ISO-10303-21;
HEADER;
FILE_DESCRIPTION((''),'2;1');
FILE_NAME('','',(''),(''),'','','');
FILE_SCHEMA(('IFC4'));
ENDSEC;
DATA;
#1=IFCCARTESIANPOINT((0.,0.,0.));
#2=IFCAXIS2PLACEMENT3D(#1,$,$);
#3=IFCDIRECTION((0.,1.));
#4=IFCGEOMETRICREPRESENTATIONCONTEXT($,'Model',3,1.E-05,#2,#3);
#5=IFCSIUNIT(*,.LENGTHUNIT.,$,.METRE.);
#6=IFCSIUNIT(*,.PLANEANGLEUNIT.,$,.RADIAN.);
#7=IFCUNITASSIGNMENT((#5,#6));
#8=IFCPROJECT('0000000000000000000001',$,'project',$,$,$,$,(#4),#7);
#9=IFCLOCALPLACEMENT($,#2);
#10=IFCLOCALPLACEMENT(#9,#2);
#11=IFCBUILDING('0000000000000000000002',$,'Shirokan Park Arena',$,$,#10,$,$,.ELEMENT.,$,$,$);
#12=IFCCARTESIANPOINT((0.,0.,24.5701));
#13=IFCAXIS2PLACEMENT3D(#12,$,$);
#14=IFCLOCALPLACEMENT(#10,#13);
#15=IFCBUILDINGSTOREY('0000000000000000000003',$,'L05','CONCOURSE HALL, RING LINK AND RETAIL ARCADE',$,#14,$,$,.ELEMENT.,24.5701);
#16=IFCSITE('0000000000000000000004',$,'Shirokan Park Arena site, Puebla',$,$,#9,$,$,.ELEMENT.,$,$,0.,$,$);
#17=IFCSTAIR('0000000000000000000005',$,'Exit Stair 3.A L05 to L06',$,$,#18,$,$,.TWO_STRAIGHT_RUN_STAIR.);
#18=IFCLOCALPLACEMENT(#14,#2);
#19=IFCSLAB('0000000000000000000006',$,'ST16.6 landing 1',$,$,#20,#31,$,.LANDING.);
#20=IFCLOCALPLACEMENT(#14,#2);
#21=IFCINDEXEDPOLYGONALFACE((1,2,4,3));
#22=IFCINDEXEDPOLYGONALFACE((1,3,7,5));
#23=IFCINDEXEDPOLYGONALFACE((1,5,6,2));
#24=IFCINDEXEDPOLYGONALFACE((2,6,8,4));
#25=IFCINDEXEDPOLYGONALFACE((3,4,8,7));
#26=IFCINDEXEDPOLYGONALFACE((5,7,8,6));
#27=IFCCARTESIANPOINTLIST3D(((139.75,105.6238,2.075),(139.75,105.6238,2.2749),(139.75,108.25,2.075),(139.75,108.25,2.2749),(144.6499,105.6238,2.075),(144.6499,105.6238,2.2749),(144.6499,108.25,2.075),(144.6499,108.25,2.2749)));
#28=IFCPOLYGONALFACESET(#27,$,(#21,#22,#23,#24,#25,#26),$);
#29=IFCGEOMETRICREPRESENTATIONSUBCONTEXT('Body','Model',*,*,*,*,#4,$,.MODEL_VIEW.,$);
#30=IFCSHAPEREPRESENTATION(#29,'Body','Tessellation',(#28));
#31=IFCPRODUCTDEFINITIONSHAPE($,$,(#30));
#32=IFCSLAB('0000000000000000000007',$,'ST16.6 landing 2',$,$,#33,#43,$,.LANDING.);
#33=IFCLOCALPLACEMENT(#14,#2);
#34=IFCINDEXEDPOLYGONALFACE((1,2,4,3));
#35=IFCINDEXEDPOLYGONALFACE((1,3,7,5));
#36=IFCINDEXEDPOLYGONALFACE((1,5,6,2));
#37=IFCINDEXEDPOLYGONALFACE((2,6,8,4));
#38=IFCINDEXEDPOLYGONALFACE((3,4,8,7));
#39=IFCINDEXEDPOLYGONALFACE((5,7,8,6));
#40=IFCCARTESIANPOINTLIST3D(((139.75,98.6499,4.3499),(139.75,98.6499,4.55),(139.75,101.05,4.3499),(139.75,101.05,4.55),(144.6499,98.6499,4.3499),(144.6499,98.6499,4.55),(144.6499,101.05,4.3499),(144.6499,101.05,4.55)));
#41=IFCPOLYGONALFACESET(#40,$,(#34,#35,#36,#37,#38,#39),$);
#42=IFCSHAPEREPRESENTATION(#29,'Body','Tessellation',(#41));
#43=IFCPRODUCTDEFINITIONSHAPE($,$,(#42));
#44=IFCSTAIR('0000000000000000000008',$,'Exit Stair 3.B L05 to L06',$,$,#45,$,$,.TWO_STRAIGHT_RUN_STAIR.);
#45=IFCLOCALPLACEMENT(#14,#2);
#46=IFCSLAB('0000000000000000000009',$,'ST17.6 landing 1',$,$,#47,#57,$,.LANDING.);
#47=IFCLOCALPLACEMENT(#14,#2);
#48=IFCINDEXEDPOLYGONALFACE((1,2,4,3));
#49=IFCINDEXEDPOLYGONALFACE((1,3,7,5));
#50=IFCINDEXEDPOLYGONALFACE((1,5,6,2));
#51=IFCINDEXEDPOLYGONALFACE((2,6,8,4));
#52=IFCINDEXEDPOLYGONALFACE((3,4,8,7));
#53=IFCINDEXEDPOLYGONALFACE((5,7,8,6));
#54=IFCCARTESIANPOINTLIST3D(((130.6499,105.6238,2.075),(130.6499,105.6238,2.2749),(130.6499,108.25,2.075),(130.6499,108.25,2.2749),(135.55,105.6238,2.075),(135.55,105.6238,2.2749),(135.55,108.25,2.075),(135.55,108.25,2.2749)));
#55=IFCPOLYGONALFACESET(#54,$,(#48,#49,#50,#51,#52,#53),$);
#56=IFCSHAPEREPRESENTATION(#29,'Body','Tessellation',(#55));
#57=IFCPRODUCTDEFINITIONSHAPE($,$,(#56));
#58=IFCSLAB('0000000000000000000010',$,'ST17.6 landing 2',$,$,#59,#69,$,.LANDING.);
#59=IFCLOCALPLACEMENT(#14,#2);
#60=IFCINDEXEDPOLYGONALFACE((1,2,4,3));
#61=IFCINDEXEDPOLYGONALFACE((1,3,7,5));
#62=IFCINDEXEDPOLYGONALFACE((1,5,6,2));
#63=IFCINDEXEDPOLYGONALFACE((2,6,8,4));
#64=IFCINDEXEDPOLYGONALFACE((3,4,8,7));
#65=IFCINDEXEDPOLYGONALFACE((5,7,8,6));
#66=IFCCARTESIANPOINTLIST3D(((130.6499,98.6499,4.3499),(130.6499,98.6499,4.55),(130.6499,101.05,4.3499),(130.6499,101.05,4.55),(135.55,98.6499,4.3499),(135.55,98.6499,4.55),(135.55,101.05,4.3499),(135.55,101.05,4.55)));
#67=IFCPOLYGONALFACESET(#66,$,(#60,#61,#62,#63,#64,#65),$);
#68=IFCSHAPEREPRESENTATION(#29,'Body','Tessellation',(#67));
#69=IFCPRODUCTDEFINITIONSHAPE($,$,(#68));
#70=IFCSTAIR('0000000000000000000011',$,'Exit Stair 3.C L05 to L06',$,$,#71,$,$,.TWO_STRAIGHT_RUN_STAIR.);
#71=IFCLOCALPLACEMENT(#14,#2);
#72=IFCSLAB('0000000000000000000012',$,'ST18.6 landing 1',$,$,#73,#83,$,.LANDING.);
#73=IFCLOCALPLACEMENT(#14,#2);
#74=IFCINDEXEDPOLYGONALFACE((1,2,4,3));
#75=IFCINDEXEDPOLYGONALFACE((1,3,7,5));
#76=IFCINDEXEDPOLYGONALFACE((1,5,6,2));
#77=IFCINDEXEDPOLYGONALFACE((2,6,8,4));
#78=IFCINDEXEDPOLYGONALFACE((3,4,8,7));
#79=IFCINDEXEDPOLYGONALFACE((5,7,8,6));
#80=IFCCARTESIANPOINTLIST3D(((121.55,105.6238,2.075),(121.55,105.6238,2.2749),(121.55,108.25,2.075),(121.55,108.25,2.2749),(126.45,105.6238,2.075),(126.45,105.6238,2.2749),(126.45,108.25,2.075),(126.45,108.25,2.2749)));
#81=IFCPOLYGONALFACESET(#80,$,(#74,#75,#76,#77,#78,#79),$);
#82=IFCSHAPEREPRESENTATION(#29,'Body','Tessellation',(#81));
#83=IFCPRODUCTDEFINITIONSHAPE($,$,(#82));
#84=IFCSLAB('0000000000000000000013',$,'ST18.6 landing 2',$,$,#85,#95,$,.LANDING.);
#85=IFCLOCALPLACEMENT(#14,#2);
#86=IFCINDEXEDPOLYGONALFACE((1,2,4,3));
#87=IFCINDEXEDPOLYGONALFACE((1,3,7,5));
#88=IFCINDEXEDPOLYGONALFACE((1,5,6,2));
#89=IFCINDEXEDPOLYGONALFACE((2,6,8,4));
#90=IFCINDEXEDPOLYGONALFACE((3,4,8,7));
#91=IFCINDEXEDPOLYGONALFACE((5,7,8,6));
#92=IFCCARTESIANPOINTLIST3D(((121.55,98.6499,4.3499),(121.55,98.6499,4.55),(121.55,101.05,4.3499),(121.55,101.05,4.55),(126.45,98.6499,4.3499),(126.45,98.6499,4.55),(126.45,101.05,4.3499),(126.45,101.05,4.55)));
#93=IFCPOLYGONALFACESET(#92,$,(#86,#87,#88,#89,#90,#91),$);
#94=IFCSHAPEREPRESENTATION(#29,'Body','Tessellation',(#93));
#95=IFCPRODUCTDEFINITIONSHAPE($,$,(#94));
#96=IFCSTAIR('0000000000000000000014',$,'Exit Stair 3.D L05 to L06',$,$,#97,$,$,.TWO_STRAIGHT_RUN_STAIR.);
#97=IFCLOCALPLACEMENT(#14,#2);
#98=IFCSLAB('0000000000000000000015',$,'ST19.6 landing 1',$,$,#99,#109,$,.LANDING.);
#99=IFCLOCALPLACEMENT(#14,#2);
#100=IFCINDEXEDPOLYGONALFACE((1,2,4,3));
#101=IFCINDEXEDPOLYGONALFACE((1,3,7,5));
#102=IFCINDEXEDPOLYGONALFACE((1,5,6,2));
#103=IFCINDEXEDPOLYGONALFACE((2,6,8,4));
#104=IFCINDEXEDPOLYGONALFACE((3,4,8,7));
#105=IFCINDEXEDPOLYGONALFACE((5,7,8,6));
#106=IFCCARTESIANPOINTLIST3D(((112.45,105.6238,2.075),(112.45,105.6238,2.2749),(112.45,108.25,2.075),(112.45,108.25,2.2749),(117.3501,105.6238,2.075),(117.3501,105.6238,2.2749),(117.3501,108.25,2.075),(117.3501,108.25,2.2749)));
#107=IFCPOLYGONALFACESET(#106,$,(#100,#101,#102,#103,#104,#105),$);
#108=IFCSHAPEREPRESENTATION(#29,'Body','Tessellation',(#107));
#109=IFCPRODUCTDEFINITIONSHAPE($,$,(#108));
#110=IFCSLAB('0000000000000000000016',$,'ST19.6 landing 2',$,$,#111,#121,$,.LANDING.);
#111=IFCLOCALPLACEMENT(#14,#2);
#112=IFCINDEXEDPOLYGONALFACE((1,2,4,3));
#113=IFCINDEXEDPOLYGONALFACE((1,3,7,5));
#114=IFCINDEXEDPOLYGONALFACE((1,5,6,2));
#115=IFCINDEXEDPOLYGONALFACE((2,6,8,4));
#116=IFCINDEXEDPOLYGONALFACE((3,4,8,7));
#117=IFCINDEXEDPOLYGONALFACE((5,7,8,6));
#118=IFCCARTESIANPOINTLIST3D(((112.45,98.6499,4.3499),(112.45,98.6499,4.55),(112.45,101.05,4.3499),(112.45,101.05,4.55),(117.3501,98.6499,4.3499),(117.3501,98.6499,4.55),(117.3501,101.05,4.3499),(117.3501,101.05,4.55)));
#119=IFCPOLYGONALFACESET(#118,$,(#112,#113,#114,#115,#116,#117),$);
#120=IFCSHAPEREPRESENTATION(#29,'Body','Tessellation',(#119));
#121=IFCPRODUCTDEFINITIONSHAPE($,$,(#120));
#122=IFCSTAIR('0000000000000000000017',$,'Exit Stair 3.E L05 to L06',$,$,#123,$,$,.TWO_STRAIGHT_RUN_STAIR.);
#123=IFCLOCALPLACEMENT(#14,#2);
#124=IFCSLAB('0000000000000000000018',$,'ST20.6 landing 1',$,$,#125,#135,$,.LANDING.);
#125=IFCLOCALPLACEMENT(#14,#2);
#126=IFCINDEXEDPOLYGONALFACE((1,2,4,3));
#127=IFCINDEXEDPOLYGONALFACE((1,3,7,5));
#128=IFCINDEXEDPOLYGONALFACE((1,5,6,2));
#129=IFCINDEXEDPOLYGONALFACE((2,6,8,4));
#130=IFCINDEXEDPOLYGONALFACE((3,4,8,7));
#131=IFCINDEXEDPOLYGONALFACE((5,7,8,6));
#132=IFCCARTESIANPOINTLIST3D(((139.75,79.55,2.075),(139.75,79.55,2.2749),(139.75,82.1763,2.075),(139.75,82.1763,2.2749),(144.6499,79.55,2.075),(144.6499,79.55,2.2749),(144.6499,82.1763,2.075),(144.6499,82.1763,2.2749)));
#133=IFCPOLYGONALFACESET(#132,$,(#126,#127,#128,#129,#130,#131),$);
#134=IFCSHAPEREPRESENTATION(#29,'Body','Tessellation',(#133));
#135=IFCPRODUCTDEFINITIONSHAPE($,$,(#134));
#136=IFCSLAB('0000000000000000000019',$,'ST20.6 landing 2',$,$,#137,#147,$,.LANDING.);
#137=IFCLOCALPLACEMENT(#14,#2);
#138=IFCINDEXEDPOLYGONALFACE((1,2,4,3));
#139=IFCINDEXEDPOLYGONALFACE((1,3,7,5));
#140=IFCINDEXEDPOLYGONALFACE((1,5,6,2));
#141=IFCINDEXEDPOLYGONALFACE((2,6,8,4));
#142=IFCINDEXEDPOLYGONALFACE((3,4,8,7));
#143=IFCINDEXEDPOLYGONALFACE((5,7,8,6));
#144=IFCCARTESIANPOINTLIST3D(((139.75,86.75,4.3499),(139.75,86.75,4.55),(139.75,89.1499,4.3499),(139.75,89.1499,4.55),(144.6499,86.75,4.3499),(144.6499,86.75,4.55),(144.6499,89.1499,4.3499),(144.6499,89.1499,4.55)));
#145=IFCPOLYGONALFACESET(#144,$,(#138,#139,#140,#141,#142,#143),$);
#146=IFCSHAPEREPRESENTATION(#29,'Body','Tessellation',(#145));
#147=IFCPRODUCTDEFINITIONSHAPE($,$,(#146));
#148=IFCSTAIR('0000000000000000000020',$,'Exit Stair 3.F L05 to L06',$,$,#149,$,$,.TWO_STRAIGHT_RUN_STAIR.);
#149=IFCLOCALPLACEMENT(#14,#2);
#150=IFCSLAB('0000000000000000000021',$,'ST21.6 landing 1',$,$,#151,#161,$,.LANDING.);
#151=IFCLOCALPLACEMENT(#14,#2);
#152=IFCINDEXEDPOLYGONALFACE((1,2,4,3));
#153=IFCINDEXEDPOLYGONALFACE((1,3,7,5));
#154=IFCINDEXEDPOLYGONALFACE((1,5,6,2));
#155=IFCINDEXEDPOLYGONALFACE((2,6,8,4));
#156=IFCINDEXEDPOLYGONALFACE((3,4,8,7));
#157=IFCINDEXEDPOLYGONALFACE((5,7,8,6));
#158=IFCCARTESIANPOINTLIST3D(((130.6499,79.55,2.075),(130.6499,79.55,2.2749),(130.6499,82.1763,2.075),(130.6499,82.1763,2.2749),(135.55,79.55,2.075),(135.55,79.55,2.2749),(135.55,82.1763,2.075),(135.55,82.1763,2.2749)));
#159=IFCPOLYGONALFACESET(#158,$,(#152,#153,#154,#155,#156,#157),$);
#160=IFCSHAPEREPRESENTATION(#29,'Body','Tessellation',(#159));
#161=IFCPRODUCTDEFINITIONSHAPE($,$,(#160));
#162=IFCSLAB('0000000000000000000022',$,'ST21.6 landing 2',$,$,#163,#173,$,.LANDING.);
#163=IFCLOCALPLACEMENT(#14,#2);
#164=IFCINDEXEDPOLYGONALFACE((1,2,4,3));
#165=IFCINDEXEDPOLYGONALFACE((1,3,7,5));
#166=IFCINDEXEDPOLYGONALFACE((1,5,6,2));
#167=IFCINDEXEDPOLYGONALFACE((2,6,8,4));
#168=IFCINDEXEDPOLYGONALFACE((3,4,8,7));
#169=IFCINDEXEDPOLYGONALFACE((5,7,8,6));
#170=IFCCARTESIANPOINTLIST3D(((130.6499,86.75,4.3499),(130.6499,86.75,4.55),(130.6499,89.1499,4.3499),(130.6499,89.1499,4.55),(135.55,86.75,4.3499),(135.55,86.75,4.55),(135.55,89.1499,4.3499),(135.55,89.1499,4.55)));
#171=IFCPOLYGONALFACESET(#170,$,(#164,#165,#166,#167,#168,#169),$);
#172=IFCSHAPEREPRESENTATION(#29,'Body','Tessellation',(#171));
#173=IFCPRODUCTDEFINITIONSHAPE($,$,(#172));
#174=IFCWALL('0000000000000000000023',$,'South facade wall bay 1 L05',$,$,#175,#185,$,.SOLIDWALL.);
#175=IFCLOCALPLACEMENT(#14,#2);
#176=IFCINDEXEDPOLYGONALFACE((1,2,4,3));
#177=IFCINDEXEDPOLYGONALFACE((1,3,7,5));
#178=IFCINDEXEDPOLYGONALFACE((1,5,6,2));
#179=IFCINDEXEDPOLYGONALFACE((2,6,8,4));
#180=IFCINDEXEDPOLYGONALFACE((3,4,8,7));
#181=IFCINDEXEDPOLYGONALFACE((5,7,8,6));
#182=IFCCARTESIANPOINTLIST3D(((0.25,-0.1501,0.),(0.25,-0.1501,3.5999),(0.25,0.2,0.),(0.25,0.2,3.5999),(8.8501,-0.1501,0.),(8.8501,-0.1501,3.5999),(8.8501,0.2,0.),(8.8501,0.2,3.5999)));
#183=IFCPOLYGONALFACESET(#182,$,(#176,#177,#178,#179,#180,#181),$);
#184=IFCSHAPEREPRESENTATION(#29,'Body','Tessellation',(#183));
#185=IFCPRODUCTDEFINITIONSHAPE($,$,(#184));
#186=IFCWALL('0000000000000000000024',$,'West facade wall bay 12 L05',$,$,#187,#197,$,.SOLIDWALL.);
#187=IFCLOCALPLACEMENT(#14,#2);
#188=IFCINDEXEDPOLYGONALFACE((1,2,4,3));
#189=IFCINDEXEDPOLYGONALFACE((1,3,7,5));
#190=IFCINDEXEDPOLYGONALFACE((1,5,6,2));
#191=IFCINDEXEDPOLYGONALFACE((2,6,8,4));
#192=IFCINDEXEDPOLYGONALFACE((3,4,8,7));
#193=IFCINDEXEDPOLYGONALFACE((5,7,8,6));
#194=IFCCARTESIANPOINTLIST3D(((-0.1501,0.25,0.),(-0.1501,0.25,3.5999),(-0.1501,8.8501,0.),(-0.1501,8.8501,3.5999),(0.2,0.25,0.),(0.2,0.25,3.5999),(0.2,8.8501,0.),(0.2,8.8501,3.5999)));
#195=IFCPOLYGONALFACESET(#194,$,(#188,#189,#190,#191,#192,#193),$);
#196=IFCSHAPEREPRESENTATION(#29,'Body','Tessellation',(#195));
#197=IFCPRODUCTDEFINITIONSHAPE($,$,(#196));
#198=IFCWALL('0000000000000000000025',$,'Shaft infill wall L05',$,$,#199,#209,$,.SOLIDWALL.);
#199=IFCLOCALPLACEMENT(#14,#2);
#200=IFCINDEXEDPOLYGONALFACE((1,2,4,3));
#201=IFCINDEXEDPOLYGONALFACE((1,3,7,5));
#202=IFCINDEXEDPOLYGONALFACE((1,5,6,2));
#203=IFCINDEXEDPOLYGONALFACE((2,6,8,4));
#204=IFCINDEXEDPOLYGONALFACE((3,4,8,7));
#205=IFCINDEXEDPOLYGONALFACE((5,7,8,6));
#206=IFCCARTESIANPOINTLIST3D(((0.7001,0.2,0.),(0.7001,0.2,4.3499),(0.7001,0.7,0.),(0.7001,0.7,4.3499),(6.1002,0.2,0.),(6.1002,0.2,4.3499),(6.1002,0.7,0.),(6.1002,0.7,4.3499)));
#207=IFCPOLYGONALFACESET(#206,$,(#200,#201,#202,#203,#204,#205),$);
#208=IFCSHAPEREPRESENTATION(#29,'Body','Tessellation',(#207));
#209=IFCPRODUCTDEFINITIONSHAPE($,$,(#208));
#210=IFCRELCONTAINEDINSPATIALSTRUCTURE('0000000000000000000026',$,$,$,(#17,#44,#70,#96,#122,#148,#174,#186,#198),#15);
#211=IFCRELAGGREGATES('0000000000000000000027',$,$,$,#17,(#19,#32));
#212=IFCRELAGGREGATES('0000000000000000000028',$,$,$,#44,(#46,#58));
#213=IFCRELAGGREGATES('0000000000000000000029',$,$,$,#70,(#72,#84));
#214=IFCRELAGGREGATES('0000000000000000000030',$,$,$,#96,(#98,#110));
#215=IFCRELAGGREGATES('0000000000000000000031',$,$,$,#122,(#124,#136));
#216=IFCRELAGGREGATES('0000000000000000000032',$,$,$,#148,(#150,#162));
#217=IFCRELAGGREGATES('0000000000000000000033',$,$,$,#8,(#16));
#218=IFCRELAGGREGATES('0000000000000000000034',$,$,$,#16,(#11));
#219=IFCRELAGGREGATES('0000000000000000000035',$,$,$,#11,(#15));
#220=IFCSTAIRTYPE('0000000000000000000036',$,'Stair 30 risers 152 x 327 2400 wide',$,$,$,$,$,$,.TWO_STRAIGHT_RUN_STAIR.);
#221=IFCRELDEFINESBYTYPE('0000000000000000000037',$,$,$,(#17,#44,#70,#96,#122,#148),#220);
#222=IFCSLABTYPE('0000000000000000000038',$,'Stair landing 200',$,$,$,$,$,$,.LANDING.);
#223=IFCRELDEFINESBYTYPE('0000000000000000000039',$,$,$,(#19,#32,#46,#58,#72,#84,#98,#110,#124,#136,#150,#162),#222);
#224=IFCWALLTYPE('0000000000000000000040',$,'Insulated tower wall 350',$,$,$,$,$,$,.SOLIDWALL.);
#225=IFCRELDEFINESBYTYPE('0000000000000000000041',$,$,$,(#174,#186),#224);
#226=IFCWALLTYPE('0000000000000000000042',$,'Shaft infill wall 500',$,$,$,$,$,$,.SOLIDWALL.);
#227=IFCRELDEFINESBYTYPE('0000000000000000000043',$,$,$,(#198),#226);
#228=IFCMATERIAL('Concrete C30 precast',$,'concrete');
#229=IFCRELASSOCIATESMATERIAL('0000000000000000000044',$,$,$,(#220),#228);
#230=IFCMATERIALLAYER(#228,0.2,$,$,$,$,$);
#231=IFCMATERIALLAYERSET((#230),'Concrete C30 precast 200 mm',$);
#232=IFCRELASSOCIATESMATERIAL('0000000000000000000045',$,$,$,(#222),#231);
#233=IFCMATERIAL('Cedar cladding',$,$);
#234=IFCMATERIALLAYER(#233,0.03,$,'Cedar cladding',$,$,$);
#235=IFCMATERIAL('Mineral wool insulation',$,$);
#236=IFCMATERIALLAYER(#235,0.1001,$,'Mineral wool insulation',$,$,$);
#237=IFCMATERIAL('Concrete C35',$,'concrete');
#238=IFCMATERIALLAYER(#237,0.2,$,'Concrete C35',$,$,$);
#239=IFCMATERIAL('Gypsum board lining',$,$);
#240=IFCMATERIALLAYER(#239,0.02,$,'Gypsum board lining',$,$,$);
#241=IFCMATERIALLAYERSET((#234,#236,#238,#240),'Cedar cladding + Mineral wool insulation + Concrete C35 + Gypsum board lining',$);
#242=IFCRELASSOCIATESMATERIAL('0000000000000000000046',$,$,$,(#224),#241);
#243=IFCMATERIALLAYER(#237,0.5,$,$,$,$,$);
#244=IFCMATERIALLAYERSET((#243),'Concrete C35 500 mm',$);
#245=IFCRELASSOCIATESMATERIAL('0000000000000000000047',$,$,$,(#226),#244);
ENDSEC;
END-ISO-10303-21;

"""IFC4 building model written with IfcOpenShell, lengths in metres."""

from ifc_helpers import new_model, si_unit, direction, frame, frame_2d, origin, place, context, subcontext, project, spatial, polyline, rectangle, outline, extrude, material, layer, layer_set, type_object, element, aggregate, save


model = new_model("IFC4")

# Units and contexts
model_context = context("Model", 3, precision=1e-05, world=origin(), true_north=direction((0.0, 1.0)))
body_context = subcontext(model_context, "Body", "Model", "MODEL_VIEW")
ifc_project = project(units=[si_unit("LENGTHUNIT", "METRE"), si_unit("PLANEANGLEUNIT", "RADIAN")], contexts=[model_context])

# Site, building, storey
site_placement = place(None, origin())
site = spatial("IfcSite", under=ifc_project, at=site_placement, Name="Shirokan Park Arena site, Puebla", CompositionType="ELEMENT", RefElevation=0.0)
building_placement = place(site_placement, origin())
building = spatial("IfcBuilding", under=site, at=building_placement, Name="Shirokan Park Arena", CompositionType="ELEMENT")
storey_placement = place(building_placement, frame((0.0, 0.0, 24.5701)))
storey = spatial("IfcBuildingStorey", under=building, at=storey_placement, Name="L05", Description="CONCOURSE HALL, RING LINK AND RETAIL ARCADE", CompositionType="ELEMENT", Elevation=24.5701)

# Shared definitions
ifc_material_1 = material(Name="Concrete C35", Category="concrete")

# Shared definitions
ifc_material_2 = material(Name="Concrete C30 precast", Category="concrete")
stair_type = type_object("IfcStairType", Name="Stair 30 risers 152 x 327 2400 wide", PredefinedType="TWO_STRAIGHT_RUN_STAIR", material=ifc_material_2)
ifc_layer_1 = layer(ifc_material_2, 0.2)
ifc_layer_set_1 = layer_set([ifc_layer_1], Name="Concrete C30 precast 200 mm")
slab_type = type_object("IfcSlabType", Name="Stair landing 200", PredefinedType="LANDING", material=ifc_layer_set_1)

# Stairs, slabs
stair_1_placement = place(storey_placement, origin())
stair_1 = element("IfcStair", 1, at=stair_1_placement, inside=storey, type_object=stair_type, Name="Exit Stair 3.A L05 to L06", PredefinedType="TWO_STRAIGHT_RUN_STAIR")
slab_1_placement = place(storey_placement, frame((0.0, 0.0, 2.075)))
slab_1 = element("IfcSlab", 2, at=slab_1_placement, type_object=slab_type, Name="ST16.6 landing 1", PredefinedType="LANDING", context=body_context, shape_type="SweptSolid", body=[
    extrude(outline(polyline([(139.75, 105.6238), (144.6499, 105.6238), (144.6499, 108.25), (139.75, 108.25), (139.75, 105.6238)])), origin(), (0.0, 0.0, 1.0), 0.2),
])
slab_2_placement = place(storey_placement, frame((0.0, 0.0, 4.3499)))
slab_2 = element("IfcSlab", 3, at=slab_2_placement, type_object=slab_type, Name="ST16.6 landing 2", PredefinedType="LANDING", context=body_context, shape_type="SweptSolid", body=[
    extrude(outline(polyline([(139.75, 98.6499), (144.6499, 98.6499), (144.6499, 101.05), (139.75, 101.05), (139.75, 98.6499)])), origin(), (0.0, 0.0, 1.0), 0.2002),
])
aggregate(stair_1, [slab_1, slab_2])
stair_2_placement = place(storey_placement, origin())
stair_2 = element("IfcStair", 4, at=stair_2_placement, inside=storey, type_object=stair_type, Name="Exit Stair 3.B L05 to L06", PredefinedType="TWO_STRAIGHT_RUN_STAIR")
slab_3_placement = place(storey_placement, frame((0.0, 0.0, 2.075)))
slab_3 = element("IfcSlab", 5, at=slab_3_placement, type_object=slab_type, Name="ST17.6 landing 1", PredefinedType="LANDING", context=body_context, shape_type="SweptSolid", body=[
    extrude(outline(polyline([(130.6499, 105.6238), (135.55, 105.6238), (135.55, 108.25), (130.6499, 108.25), (130.6499, 105.6238)])), origin(), (0.0, 0.0, 1.0), 0.2),
])
slab_4_placement = place(storey_placement, frame((0.0, 0.0, 4.3499)))
slab_4 = element("IfcSlab", 6, at=slab_4_placement, type_object=slab_type, Name="ST17.6 landing 2", PredefinedType="LANDING", context=body_context, shape_type="SweptSolid", body=[
    extrude(outline(polyline([(130.6499, 98.6499), (135.55, 98.6499), (135.55, 101.05), (130.6499, 101.05), (130.6499, 98.6499)])), origin(), (0.0, 0.0, 1.0), 0.2002),
])
aggregate(stair_2, [slab_3, slab_4])
stair_3_placement = place(storey_placement, origin())
stair_3 = element("IfcStair", 7, at=stair_3_placement, inside=storey, type_object=stair_type, Name="Exit Stair 3.C L05 to L06", PredefinedType="TWO_STRAIGHT_RUN_STAIR")
slab_5_placement = place(storey_placement, frame((0.0, 0.0, 2.075)))
slab_5 = element("IfcSlab", 8, at=slab_5_placement, type_object=slab_type, Name="ST18.6 landing 1", PredefinedType="LANDING", context=body_context, shape_type="SweptSolid", body=[
    extrude(outline(polyline([(121.55, 105.6238), (126.45, 105.6238), (126.45, 108.25), (121.55, 108.25), (121.55, 105.6238)])), origin(), (0.0, 0.0, 1.0), 0.2),
])
slab_6_placement = place(storey_placement, frame((0.0, 0.0, 4.3499)))
slab_6 = element("IfcSlab", 9, at=slab_6_placement, type_object=slab_type, Name="ST18.6 landing 2", PredefinedType="LANDING", context=body_context, shape_type="SweptSolid", body=[
    extrude(outline(polyline([(121.55, 98.6499), (126.45, 98.6499), (126.45, 101.05), (121.55, 101.05), (121.55, 98.6499)])), origin(), (0.0, 0.0, 1.0), 0.2002),
])
aggregate(stair_3, [slab_5, slab_6])
stair_4_placement = place(storey_placement, origin())
stair_4 = element("IfcStair", 10, at=stair_4_placement, inside=storey, type_object=stair_type, Name="Exit Stair 3.D L05 to L06", PredefinedType="TWO_STRAIGHT_RUN_STAIR")
slab_7_placement = place(storey_placement, frame((0.0, 0.0, 2.075)))
slab_7 = element("IfcSlab", 11, at=slab_7_placement, type_object=slab_type, Name="ST19.6 landing 1", PredefinedType="LANDING", context=body_context, shape_type="SweptSolid", body=[
    extrude(outline(polyline([(112.45, 105.6238), (117.3501, 105.6238), (117.3501, 108.25), (112.45, 108.25), (112.45, 105.6238)])), origin(), (0.0, 0.0, 1.0), 0.2),
])
slab_8_placement = place(storey_placement, frame((0.0, 0.0, 4.3499)))
slab_8 = element("IfcSlab", 12, at=slab_8_placement, type_object=slab_type, Name="ST19.6 landing 2", PredefinedType="LANDING", context=body_context, shape_type="SweptSolid", body=[
    extrude(outline(polyline([(112.45, 98.6499), (117.3501, 98.6499), (117.3501, 101.05), (112.45, 101.05), (112.45, 98.6499)])), origin(), (0.0, 0.0, 1.0), 0.2002),
])
aggregate(stair_4, [slab_7, slab_8])
stair_5_placement = place(storey_placement, origin())
stair_5 = element("IfcStair", 13, at=stair_5_placement, inside=storey, type_object=stair_type, Name="Exit Stair 3.E L05 to L06", PredefinedType="TWO_STRAIGHT_RUN_STAIR")
slab_9_placement = place(storey_placement, frame((0.0, 0.0, 2.075)))
slab_9 = element("IfcSlab", 14, at=slab_9_placement, type_object=slab_type, Name="ST20.6 landing 1", PredefinedType="LANDING", context=body_context, shape_type="SweptSolid", body=[
    extrude(outline(polyline([(139.75, 79.55), (144.6499, 79.55), (144.6499, 82.1763), (139.75, 82.1763), (139.75, 79.55)])), origin(), (0.0, 0.0, 1.0), 0.2),
])
slab_10_placement = place(storey_placement, frame((0.0, 0.0, 4.3499)))
slab_10 = element("IfcSlab", 15, at=slab_10_placement, type_object=slab_type, Name="ST20.6 landing 2", PredefinedType="LANDING", context=body_context, shape_type="SweptSolid", body=[
    extrude(outline(polyline([(139.75, 86.75), (144.6499, 86.75), (144.6499, 89.1499), (139.75, 89.1499), (139.75, 86.75)])), origin(), (0.0, 0.0, 1.0), 0.2002),
])
aggregate(stair_5, [slab_9, slab_10])
stair_6_placement = place(storey_placement, origin())
stair_6 = element("IfcStair", 16, at=stair_6_placement, inside=storey, type_object=stair_type, Name="Exit Stair 3.F L05 to L06", PredefinedType="TWO_STRAIGHT_RUN_STAIR")
slab_11_placement = place(storey_placement, frame((0.0, 0.0, 2.075)))
slab_11 = element("IfcSlab", 17, at=slab_11_placement, type_object=slab_type, Name="ST21.6 landing 1", PredefinedType="LANDING", context=body_context, shape_type="SweptSolid", body=[
    extrude(outline(polyline([(130.6499, 79.55), (135.55, 79.55), (135.55, 82.1763), (130.6499, 82.1763), (130.6499, 79.55)])), origin(), (0.0, 0.0, 1.0), 0.2),
])
slab_12_placement = place(storey_placement, frame((0.0, 0.0, 4.3499)))
slab_12 = element("IfcSlab", 18, at=slab_12_placement, type_object=slab_type, Name="ST21.6 landing 2", PredefinedType="LANDING", context=body_context, shape_type="SweptSolid", body=[
    extrude(outline(polyline([(130.6499, 86.75), (135.55, 86.75), (135.55, 89.1499), (130.6499, 89.1499), (130.6499, 86.75)])), origin(), (0.0, 0.0, 1.0), 0.2002),
])
aggregate(stair_6, [slab_11, slab_12])

# Walls
ifc_material_3 = material(Name="Cedar cladding")
ifc_layer_2 = layer(ifc_material_3, 0.03, Name="Cedar cladding")
ifc_material_4 = material(Name="Mineral wool insulation")
ifc_layer_3 = layer(ifc_material_4, 0.1001, Name="Mineral wool insulation")
ifc_layer_4 = layer(ifc_material_1, 0.2, Name="Concrete C35")
ifc_material_5 = material(Name="Gypsum board lining")
ifc_layer_5 = layer(ifc_material_5, 0.02, Name="Gypsum board lining")
ifc_layer_set_2 = layer_set([ifc_layer_2, ifc_layer_3, ifc_layer_4, ifc_layer_5], Name="Cedar cladding + Mineral wool insulation + Concrete C35 + Gypsum board lining")
wall_type_1 = type_object("IfcWallType", Name="Insulated tower wall 350", PredefinedType="SOLIDWALL", material=ifc_layer_set_2)
for number, where, z_axis, x_axis, name in (
    (19, (0.25, 0.0249, 0.0), (0.0, 0.0, 1.0), (1.0, 0.0, 0.0), "South facade wall bay 1 L05"),
    (20, (0.0249, 8.8501, 0.0), (0.0, 0.0, 1.0), (0.0, -1.0, 0.0), "West facade wall bay 12 L05"),
):
    element("IfcWall", number, at=place(storey_placement, frame(where, z_axis=z_axis, x_axis=x_axis)), inside=storey, type_object=wall_type_1, Name=name, PredefinedType="SOLIDWALL", context=body_context, shape_type="SweptSolid", body=[
        extrude(rectangle(XDim=8.6001, YDim=0.3501, at=frame_2d((4.3, 0.0))), origin(), (0.0, 0.0, 1.0), 3.5999),
    ])
ifc_layer_6 = layer(ifc_material_1, 0.5)
ifc_layer_set_3 = layer_set([ifc_layer_6], Name="Concrete C35 500 mm")
wall_type_2 = type_object("IfcWallType", Name="Shaft infill wall 500", PredefinedType="SOLIDWALL", material=ifc_layer_set_3)
wall_1_placement = place(storey_placement, frame((0.7, 0.45, 0.0), z_axis=(0.0, 0.0, 1.0), x_axis=(1.0, 0.0, 0.0)))
element("IfcWall", 21, at=wall_1_placement, inside=storey, type_object=wall_type_2, Name="Shaft infill wall L05", PredefinedType="SOLIDWALL", context=body_context, shape_type="SweptSolid", body=[
    extrude(rectangle(XDim=5.4001, YDim=0.5, at=frame_2d((2.7002, 0.0))), origin(), (0.0, 0.0, 1.0), 4.3499),
])

save(model, "model.ifc")
